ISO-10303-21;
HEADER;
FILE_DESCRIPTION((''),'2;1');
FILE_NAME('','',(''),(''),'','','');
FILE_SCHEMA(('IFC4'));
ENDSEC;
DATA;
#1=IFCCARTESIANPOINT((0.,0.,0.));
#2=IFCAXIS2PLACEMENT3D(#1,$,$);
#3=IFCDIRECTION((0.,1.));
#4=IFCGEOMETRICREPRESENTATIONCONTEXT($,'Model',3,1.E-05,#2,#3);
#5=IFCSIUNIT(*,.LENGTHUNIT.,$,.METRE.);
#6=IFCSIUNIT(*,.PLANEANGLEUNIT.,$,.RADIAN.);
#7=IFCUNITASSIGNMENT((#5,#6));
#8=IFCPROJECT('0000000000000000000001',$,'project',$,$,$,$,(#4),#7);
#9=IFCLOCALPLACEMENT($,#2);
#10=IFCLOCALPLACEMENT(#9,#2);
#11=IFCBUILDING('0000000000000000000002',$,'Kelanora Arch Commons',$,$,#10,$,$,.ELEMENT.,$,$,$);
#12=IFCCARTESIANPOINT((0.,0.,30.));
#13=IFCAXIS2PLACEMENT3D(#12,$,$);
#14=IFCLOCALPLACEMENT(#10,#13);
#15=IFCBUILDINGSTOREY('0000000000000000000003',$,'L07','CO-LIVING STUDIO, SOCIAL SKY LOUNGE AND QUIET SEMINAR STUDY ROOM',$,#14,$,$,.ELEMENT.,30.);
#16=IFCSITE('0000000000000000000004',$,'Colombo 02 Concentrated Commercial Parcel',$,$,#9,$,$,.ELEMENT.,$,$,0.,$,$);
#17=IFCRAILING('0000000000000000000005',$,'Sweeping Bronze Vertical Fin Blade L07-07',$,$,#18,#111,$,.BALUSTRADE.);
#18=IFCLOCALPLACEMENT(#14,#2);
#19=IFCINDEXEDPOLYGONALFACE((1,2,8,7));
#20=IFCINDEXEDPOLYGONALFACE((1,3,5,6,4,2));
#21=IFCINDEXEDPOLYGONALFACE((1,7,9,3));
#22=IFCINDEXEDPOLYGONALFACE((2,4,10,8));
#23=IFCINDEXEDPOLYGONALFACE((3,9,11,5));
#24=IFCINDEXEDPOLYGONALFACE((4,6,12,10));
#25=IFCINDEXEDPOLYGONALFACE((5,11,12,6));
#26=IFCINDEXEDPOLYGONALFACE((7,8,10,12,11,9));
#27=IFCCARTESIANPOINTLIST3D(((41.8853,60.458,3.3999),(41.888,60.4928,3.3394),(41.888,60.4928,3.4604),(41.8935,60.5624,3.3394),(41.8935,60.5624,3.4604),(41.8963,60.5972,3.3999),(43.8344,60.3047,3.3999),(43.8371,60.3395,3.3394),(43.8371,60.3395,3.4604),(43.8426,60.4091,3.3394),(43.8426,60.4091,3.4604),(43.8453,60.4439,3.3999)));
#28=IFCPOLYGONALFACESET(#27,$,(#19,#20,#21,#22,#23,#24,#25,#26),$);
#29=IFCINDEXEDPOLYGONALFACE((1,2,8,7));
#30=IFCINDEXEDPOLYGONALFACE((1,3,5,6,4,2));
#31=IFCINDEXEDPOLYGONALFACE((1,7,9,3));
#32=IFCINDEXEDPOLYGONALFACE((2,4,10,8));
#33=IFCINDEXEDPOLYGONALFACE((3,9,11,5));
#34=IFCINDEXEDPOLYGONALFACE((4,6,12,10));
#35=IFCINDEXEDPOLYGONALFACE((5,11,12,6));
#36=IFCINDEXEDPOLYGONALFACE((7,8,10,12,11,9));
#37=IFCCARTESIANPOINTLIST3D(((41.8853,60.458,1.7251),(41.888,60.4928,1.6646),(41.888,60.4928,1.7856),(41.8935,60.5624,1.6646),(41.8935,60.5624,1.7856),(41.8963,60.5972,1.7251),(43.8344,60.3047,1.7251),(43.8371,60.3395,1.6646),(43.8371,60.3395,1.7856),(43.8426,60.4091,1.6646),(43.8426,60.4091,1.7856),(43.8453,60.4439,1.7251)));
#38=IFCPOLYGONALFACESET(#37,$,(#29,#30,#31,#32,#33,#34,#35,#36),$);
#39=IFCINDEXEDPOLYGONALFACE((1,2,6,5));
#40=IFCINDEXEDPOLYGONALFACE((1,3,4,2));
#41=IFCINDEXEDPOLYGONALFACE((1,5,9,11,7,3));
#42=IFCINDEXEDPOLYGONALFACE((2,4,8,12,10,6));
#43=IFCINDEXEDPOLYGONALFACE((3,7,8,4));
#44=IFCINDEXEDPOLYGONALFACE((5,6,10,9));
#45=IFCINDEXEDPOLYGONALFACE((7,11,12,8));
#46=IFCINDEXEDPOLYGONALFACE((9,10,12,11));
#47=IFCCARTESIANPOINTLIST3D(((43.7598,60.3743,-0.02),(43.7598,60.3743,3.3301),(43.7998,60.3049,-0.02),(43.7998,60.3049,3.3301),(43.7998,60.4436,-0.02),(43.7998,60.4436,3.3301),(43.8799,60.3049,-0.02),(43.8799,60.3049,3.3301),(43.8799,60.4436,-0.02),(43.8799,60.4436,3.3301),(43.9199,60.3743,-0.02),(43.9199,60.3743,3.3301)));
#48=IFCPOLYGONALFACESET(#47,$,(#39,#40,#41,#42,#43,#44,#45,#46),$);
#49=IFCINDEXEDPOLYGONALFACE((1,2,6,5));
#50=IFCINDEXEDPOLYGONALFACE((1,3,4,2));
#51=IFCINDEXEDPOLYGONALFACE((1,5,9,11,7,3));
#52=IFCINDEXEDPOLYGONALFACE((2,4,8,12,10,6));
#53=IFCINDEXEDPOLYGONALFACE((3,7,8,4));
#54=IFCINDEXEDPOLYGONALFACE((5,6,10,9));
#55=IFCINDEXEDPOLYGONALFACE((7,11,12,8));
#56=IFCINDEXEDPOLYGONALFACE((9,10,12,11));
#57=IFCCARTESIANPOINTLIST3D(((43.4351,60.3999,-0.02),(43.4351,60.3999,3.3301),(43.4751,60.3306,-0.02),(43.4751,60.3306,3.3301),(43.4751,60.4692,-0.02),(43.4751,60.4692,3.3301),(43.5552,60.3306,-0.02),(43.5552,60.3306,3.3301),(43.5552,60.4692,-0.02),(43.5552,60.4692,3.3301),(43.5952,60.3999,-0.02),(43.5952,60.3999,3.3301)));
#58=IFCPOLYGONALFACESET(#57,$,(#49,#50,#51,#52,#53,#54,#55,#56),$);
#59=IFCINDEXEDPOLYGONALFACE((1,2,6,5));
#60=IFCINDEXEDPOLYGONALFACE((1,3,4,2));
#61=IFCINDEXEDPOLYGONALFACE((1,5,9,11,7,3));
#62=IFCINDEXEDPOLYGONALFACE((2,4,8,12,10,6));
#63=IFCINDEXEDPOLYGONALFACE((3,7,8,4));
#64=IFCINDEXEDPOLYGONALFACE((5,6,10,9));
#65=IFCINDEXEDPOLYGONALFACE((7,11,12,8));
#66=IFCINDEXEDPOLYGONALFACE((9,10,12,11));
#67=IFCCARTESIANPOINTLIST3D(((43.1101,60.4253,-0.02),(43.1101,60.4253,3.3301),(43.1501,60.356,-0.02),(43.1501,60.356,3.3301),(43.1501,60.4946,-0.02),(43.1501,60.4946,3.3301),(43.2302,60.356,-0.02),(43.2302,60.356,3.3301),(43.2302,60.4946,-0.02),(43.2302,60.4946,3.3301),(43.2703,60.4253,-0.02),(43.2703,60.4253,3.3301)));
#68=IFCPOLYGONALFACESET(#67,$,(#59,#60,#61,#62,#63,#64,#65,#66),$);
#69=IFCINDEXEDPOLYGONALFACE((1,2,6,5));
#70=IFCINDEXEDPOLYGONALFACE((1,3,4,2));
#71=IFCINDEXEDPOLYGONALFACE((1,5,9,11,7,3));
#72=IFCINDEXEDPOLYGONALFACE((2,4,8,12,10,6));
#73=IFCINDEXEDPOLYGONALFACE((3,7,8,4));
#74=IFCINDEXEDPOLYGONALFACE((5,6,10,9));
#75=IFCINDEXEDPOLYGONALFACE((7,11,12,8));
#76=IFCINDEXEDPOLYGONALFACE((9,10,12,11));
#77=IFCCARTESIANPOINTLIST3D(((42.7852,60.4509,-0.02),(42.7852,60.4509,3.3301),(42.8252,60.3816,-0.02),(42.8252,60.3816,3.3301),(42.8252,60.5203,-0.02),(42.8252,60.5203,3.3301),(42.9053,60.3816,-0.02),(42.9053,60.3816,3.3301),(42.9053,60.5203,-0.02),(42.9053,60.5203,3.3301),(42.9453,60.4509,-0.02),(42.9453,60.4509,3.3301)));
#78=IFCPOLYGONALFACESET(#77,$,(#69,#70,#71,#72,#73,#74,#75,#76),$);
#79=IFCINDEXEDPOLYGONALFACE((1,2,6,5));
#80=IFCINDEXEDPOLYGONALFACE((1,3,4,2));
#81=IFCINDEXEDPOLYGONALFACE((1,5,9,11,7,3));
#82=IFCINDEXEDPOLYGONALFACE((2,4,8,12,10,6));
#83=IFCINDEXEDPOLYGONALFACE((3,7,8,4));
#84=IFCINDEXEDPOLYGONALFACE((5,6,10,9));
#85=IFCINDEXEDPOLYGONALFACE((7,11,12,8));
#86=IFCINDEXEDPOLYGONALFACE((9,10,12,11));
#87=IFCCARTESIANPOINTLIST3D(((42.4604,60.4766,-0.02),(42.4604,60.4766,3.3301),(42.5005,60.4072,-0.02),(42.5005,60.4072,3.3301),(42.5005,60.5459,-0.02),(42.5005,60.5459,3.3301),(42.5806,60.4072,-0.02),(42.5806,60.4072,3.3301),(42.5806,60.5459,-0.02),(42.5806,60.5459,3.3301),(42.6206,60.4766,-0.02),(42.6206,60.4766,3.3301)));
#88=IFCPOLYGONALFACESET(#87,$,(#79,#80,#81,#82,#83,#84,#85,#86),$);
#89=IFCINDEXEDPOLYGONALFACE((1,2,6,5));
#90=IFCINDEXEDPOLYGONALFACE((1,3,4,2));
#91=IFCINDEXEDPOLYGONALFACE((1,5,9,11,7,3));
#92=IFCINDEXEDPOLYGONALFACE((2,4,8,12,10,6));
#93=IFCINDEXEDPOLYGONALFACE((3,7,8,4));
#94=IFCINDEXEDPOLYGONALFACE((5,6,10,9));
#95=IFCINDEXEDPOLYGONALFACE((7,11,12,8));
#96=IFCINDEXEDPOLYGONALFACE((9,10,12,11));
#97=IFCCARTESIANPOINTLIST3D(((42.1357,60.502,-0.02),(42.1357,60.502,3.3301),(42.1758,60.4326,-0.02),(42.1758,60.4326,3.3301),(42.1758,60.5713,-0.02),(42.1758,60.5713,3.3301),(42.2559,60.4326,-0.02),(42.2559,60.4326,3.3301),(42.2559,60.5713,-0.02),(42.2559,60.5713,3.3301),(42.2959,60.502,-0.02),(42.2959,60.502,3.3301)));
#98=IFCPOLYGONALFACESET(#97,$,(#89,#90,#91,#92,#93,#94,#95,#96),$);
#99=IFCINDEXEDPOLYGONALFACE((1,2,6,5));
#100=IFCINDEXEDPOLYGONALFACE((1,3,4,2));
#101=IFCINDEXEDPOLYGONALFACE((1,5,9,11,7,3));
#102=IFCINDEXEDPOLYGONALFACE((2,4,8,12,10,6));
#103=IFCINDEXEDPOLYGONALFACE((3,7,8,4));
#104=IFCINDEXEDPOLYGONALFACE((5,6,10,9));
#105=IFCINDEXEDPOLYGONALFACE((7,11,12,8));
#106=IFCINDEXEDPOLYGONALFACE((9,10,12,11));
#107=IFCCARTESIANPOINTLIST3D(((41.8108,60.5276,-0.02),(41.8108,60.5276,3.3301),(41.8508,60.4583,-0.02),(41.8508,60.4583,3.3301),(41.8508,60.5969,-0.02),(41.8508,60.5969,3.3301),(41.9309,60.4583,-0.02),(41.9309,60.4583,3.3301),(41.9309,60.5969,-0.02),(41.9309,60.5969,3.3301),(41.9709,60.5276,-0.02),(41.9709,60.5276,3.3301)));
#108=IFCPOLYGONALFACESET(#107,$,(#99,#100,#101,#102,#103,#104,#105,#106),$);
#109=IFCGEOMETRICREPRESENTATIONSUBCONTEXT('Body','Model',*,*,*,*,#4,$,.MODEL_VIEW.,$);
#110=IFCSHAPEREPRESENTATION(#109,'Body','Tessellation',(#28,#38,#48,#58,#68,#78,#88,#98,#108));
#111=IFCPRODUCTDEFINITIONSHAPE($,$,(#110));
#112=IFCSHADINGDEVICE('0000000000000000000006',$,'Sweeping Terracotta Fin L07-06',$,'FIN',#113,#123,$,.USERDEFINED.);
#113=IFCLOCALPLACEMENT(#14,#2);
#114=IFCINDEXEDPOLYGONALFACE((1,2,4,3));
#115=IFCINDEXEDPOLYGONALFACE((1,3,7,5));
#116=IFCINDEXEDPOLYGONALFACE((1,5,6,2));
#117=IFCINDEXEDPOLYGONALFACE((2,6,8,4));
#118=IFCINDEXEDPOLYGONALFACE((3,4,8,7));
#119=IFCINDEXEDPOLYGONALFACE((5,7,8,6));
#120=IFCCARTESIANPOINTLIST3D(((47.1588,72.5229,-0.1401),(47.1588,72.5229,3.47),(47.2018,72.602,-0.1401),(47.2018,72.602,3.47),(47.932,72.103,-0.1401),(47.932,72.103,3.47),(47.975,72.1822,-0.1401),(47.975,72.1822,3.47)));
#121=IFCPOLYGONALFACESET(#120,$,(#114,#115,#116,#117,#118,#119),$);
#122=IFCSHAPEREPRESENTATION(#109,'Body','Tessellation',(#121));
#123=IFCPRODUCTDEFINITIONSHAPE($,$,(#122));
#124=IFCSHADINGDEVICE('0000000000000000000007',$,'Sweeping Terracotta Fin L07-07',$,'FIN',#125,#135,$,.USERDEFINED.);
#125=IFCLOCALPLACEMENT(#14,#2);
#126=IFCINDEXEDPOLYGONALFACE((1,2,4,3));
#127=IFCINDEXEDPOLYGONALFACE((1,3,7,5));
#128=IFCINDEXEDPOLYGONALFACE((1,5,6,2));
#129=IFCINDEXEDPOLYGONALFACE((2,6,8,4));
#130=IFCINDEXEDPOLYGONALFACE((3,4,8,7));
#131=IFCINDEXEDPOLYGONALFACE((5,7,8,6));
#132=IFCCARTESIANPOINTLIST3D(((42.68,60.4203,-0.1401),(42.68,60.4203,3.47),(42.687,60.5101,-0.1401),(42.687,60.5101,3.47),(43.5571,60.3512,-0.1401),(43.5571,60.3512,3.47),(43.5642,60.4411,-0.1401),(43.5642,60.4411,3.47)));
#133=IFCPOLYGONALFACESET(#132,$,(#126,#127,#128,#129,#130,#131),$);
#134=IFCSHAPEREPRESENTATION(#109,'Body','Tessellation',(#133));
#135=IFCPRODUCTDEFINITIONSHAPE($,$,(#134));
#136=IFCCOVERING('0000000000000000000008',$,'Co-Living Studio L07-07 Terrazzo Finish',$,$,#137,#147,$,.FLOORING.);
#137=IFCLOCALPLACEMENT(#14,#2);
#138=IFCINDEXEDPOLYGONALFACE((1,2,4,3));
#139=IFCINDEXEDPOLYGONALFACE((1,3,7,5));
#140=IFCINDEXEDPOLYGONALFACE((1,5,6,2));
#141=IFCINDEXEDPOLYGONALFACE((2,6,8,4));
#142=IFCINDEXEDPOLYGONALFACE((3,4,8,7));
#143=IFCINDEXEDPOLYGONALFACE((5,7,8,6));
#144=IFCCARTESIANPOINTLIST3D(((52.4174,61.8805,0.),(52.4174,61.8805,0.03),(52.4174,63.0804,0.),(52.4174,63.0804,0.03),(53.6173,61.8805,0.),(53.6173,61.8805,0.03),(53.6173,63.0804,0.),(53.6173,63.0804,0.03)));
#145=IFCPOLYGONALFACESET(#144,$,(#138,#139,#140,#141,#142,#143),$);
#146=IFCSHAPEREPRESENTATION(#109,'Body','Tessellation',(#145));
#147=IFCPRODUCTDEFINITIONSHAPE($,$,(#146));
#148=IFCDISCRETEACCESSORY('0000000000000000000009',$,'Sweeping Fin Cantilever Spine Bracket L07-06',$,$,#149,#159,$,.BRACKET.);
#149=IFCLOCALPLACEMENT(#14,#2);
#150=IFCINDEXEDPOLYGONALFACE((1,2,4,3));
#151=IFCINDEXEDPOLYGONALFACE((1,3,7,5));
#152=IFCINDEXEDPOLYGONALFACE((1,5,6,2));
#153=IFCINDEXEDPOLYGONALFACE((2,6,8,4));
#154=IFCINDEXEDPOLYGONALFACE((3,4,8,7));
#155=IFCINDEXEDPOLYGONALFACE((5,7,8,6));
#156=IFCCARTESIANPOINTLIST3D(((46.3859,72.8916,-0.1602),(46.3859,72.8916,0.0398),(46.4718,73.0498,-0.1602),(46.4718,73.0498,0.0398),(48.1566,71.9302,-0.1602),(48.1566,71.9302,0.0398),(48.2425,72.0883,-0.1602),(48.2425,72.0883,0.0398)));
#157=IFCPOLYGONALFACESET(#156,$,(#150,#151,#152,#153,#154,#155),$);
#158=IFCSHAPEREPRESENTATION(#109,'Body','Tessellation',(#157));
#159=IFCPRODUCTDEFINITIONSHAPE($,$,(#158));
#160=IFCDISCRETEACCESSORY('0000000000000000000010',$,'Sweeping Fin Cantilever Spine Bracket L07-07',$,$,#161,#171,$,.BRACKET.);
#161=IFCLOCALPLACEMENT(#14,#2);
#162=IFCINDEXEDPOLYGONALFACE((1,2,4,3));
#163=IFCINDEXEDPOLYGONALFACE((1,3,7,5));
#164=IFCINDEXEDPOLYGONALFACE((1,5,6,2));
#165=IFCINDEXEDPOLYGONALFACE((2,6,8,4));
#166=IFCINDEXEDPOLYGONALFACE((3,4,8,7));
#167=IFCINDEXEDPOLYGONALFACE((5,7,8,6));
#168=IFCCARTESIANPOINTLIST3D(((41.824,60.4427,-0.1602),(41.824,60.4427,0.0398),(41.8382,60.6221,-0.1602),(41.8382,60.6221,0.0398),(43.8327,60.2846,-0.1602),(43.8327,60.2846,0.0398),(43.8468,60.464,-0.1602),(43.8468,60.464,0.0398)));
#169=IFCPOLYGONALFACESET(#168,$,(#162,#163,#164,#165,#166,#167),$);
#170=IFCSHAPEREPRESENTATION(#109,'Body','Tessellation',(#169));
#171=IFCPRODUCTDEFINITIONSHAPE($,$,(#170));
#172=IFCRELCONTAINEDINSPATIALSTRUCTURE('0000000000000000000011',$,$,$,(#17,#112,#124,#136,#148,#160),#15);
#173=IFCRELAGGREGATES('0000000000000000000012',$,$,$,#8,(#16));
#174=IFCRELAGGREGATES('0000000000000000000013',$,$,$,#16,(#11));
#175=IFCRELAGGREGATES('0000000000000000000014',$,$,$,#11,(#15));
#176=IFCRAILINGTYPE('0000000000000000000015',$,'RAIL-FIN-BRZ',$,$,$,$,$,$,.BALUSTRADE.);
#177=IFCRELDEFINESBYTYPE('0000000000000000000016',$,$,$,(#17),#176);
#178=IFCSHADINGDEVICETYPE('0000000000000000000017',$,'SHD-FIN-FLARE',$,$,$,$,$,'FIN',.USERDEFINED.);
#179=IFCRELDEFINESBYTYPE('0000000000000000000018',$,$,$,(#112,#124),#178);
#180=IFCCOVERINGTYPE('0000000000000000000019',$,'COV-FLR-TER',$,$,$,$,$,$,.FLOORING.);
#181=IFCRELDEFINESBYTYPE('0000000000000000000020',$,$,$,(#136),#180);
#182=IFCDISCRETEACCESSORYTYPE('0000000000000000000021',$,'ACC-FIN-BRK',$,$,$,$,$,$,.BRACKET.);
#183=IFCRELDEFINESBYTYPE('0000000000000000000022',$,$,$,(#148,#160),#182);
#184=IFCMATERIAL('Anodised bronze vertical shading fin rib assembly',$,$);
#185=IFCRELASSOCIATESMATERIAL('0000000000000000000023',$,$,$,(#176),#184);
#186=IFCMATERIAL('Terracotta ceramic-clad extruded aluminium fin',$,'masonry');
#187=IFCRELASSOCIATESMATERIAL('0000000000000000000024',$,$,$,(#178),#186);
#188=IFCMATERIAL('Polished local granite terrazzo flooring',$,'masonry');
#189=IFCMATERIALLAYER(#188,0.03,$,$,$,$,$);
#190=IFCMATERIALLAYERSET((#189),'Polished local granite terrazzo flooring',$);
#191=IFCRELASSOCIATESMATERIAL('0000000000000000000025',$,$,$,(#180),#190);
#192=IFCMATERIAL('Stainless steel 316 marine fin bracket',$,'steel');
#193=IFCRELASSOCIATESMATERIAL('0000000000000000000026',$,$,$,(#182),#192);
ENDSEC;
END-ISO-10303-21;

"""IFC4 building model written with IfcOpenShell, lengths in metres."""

from ifc_helpers import new_model, si_unit, direction, frame, origin, origin_2d, place, context, subcontext, project, spatial, polyline, rectangle, outline, extrude, source, transform, mapped, material, layer, layer_set, type_object, element, save


model = new_model("IFC4")

# Units and contexts
model_context = context("Model", 3, precision=1e-05, world=origin(), true_north=direction((0.0, 1.0)))
body_context = subcontext(model_context, "Body", "Model", "MODEL_VIEW")
ifc_project = project(units=[si_unit("LENGTHUNIT", "METRE"), si_unit("PLANEANGLEUNIT", "RADIAN")], contexts=[model_context])

# Site, building, storey
site_placement = place(None, origin())
site = spatial("IfcSite", under=ifc_project, at=site_placement, Name="Colombo 02 Concentrated Commercial Parcel", CompositionType="ELEMENT", RefElevation=0.0)
building_placement = place(site_placement, origin())
building = spatial("IfcBuilding", under=site, at=building_placement, Name="Kelanora Arch Commons", CompositionType="ELEMENT")
storey_placement = place(building_placement, frame((0.0, 0.0, 30.0)))
storey = spatial("IfcBuildingStorey", under=building, at=storey_placement, Name="L07", Description="CO-LIVING STUDIO, SOCIAL SKY LOUNGE AND QUIET SEMINAR STUDY ROOM", CompositionType="ELEMENT", Elevation=30.0)

# Railing
ifc_material_1 = material(Name="Anodised bronze vertical shading fin rib assembly")
railing_type = type_object("IfcRailingType", Name="RAIL-FIN-BRZ", PredefinedType="BALUSTRADE", material=ifc_material_1)
railing_1_placement = place(storey_placement, frame((43.8398, 60.3743, -0.02)))
element("IfcRailing", 1, at=railing_1_placement, inside=storey, type_object=railing_type, Name="Sweeping Bronze Vertical Fin Blade L07-07", PredefinedType="BALUSTRADE", context=body_context, shape_type="SweptSolid", body=[
    extrude(outline(polyline([(0.0698, 0.0), (0.0349, 0.0605), (-0.0349, 0.0605), (-0.0698, 0.0), (-0.0349, -0.0605), (0.0349, -0.0605), (0.0698, 0.0)])), frame((0.0, 0.0, 3.4199), z_axis=(-0.99692, 0.078425, 0.0), x_axis=(-0.078425, -0.99692, 0.0)), (0.0, 0.0, 1.0), 1.9551),
    extrude(outline(polyline([(0.0698, 0.0), (0.0349, 0.0605), (-0.0349, 0.0605), (-0.0698, 0.0), (-0.0349, -0.0605), (0.0349, -0.0605), (0.0698, 0.0)])), frame((0.0, 0.0, 1.7451), z_axis=(-0.99692, 0.078425, 0.0), x_axis=(-0.078425, -0.99692, 0.0)), (0.0, 0.0, 1.0), 1.9551),
    extrude(outline(polyline([(0.0801, 0.0), (0.04, 0.0693), (-0.04, 0.0693), (-0.0801, 0.0), (-0.04, -0.0693), (0.04, -0.0693), (0.0801, 0.0)])), origin(), (0.0, 0.0, 1.0), 3.3501),
    extrude(outline(polyline([(0.0801, 0.0), (0.04, 0.0693), (-0.04, 0.0693), (-0.0801, 0.0), (-0.04, -0.0693), (0.04, -0.0693), (0.0801, 0.0)])), frame((-0.3247, 0.0256, 0.0)), (0.0, 0.0, 1.0), 3.3501),
    extrude(outline(polyline([(0.0801, 0.0), (0.04, 0.0693), (-0.04, 0.0693), (-0.0801, 0.0), (-0.04, -0.0693), (0.04, -0.0693), (0.0801, 0.0)])), frame((-0.6497, 0.051, 0.0)), (0.0, 0.0, 1.0), 3.3501),
    extrude(outline(polyline([(0.0801, 0.0), (0.04, 0.0693), (-0.04, 0.0693), (-0.0801, 0.0), (-0.04, -0.0693), (0.04, -0.0693), (0.0801, 0.0)])), frame((-0.9746, 0.0767, 0.0)), (0.0, 0.0, 1.0), 3.3501),
    extrude(outline(polyline([(0.0801, 0.0), (0.04, 0.0693), (-0.04, 0.0693), (-0.0801, 0.0), (-0.04, -0.0693), (0.04, -0.0693), (0.0801, 0.0)])), frame((-1.2993, 0.1023, 0.0)), (0.0, 0.0, 1.0), 3.3501),
    extrude(outline(polyline([(0.0801, 0.0), (0.04, 0.0693), (-0.04, 0.0693), (-0.0801, 0.0), (-0.04, -0.0693), (0.04, -0.0693), (0.0801, 0.0)])), frame((-1.624, 0.1277, 0.0)), (0.0, 0.0, 1.0), 3.3501),
    extrude(outline(polyline([(0.0801, 0.0), (0.04, 0.0693), (-0.04, 0.0693), (-0.0801, 0.0), (-0.04, -0.0693), (0.04, -0.0693), (0.0801, 0.0)])), frame((-1.949, 0.1533, 0.0)), (0.0, 0.0, 1.0), 3.3501),
])

# Shading devices
ifc_material_2 = material(Name="Terracotta ceramic-clad extruded aluminium fin", Category="masonry")
shading_device_type = type_object("IfcShadingDeviceType", Name="SHD-FIN-FLARE", ElementType="FIN", PredefinedType="USERDEFINED", material=ifc_material_2)
shared_shape_1 = source(origin(), body_context, "Body", "SweptSolid", [
    extrude(rectangle(XDim=0.8799, YDim=0.0901, at=origin_2d()), origin(), (0.0, 0.0, 1.0), 3.6101),
])
for number, where, z_axis, x_axis, name in (
    (2, (47.5669, 72.3525, -0.1401), (0.0, 0.0, 1.0), (-0.878817, 0.477159, 0.0), "Sweeping Terracotta Fin L07-06"),
    (3, (43.1221, 60.4307, -0.1401), (0.0, 0.0, 1.0), (-0.996917, 0.078459, 0.0), "Sweeping Terracotta Fin L07-07"),
):
    element("IfcShadingDevice", number, at=place(storey_placement, frame(where, z_axis=z_axis, x_axis=x_axis)), inside=storey, type_object=shading_device_type, Name=name, ObjectType="FIN", PredefinedType="USERDEFINED", context=body_context, shape_type="MappedRepresentation", body=[
        mapped(shared_shape_1, transform((0.0, 0.0, 0.0), scale=1.0)),
    ])

# Covering
ifc_material_3 = material(Name="Polished local granite terrazzo flooring", Category="masonry")
ifc_layer_1 = layer(ifc_material_3, 0.03)
ifc_layer_set_1 = layer_set([ifc_layer_1], Name="Polished local granite terrazzo flooring")
covering_type = type_object("IfcCoveringType", Name="COV-FLR-TER", PredefinedType="FLOORING", material=ifc_layer_set_1)
shared_shape_2 = source(origin(), body_context, "Body", "SweptSolid", [
    extrude(rectangle(XDim=1.2, YDim=1.2, at=origin_2d()), origin(), (0.0, 0.0, 1.0), 0.03),
])
covering_placement = place(storey_placement, frame((53.0173, 62.4805, 0.0), z_axis=(0.0, 0.0, 1.0), x_axis=(1.0, 0.0, 0.0)))
element("IfcCovering", 4, at=covering_placement, inside=storey, type_object=covering_type, Name="Co-Living Studio L07-07 Terrazzo Finish", PredefinedType="FLOORING", context=body_context, shape_type="MappedRepresentation", body=[
    mapped(shared_shape_2, transform((0.0, 0.0, 0.0), scale=1.0)),
])

# Discrete accessories
ifc_material_4 = material(Name="Stainless steel 316 marine fin bracket", Category="steel")
discrete_accessory_type = type_object("IfcDiscreteAccessoryType", Name="ACC-FIN-BRK", PredefinedType="BRACKET", material=ifc_material_4)
shared_shape_3 = source(origin(), body_context, "Body", "SweptSolid", [
    extrude(rectangle(XDim=2.0149, YDim=0.1799, at=origin_2d()), origin(), (0.0, 0.0, 1.0), 0.2),
])
for number, where, z_axis, x_axis, name in (
    (5, (47.3142, 72.49, -0.1602), (0.0, 0.0, 1.0), (-0.878817, 0.477159, 0.0), "Sweeping Fin Cantilever Spine Bracket L07-06"),
    (6, (42.8354, 60.4534, -0.1602), (0.0, 0.0, 1.0), (-0.996917, 0.078459, 0.0), "Sweeping Fin Cantilever Spine Bracket L07-07"),
):
    element("IfcDiscreteAccessory", number, at=place(storey_placement, frame(where, z_axis=z_axis, x_axis=x_axis)), inside=storey, type_object=discrete_accessory_type, Name=name, PredefinedType="BRACKET", context=body_context, shape_type="MappedRepresentation", body=[
        mapped(shared_shape_3, transform((0.0, 0.0, 0.0), scale=1.0)),
    ])

save(model, "model.ifc")
